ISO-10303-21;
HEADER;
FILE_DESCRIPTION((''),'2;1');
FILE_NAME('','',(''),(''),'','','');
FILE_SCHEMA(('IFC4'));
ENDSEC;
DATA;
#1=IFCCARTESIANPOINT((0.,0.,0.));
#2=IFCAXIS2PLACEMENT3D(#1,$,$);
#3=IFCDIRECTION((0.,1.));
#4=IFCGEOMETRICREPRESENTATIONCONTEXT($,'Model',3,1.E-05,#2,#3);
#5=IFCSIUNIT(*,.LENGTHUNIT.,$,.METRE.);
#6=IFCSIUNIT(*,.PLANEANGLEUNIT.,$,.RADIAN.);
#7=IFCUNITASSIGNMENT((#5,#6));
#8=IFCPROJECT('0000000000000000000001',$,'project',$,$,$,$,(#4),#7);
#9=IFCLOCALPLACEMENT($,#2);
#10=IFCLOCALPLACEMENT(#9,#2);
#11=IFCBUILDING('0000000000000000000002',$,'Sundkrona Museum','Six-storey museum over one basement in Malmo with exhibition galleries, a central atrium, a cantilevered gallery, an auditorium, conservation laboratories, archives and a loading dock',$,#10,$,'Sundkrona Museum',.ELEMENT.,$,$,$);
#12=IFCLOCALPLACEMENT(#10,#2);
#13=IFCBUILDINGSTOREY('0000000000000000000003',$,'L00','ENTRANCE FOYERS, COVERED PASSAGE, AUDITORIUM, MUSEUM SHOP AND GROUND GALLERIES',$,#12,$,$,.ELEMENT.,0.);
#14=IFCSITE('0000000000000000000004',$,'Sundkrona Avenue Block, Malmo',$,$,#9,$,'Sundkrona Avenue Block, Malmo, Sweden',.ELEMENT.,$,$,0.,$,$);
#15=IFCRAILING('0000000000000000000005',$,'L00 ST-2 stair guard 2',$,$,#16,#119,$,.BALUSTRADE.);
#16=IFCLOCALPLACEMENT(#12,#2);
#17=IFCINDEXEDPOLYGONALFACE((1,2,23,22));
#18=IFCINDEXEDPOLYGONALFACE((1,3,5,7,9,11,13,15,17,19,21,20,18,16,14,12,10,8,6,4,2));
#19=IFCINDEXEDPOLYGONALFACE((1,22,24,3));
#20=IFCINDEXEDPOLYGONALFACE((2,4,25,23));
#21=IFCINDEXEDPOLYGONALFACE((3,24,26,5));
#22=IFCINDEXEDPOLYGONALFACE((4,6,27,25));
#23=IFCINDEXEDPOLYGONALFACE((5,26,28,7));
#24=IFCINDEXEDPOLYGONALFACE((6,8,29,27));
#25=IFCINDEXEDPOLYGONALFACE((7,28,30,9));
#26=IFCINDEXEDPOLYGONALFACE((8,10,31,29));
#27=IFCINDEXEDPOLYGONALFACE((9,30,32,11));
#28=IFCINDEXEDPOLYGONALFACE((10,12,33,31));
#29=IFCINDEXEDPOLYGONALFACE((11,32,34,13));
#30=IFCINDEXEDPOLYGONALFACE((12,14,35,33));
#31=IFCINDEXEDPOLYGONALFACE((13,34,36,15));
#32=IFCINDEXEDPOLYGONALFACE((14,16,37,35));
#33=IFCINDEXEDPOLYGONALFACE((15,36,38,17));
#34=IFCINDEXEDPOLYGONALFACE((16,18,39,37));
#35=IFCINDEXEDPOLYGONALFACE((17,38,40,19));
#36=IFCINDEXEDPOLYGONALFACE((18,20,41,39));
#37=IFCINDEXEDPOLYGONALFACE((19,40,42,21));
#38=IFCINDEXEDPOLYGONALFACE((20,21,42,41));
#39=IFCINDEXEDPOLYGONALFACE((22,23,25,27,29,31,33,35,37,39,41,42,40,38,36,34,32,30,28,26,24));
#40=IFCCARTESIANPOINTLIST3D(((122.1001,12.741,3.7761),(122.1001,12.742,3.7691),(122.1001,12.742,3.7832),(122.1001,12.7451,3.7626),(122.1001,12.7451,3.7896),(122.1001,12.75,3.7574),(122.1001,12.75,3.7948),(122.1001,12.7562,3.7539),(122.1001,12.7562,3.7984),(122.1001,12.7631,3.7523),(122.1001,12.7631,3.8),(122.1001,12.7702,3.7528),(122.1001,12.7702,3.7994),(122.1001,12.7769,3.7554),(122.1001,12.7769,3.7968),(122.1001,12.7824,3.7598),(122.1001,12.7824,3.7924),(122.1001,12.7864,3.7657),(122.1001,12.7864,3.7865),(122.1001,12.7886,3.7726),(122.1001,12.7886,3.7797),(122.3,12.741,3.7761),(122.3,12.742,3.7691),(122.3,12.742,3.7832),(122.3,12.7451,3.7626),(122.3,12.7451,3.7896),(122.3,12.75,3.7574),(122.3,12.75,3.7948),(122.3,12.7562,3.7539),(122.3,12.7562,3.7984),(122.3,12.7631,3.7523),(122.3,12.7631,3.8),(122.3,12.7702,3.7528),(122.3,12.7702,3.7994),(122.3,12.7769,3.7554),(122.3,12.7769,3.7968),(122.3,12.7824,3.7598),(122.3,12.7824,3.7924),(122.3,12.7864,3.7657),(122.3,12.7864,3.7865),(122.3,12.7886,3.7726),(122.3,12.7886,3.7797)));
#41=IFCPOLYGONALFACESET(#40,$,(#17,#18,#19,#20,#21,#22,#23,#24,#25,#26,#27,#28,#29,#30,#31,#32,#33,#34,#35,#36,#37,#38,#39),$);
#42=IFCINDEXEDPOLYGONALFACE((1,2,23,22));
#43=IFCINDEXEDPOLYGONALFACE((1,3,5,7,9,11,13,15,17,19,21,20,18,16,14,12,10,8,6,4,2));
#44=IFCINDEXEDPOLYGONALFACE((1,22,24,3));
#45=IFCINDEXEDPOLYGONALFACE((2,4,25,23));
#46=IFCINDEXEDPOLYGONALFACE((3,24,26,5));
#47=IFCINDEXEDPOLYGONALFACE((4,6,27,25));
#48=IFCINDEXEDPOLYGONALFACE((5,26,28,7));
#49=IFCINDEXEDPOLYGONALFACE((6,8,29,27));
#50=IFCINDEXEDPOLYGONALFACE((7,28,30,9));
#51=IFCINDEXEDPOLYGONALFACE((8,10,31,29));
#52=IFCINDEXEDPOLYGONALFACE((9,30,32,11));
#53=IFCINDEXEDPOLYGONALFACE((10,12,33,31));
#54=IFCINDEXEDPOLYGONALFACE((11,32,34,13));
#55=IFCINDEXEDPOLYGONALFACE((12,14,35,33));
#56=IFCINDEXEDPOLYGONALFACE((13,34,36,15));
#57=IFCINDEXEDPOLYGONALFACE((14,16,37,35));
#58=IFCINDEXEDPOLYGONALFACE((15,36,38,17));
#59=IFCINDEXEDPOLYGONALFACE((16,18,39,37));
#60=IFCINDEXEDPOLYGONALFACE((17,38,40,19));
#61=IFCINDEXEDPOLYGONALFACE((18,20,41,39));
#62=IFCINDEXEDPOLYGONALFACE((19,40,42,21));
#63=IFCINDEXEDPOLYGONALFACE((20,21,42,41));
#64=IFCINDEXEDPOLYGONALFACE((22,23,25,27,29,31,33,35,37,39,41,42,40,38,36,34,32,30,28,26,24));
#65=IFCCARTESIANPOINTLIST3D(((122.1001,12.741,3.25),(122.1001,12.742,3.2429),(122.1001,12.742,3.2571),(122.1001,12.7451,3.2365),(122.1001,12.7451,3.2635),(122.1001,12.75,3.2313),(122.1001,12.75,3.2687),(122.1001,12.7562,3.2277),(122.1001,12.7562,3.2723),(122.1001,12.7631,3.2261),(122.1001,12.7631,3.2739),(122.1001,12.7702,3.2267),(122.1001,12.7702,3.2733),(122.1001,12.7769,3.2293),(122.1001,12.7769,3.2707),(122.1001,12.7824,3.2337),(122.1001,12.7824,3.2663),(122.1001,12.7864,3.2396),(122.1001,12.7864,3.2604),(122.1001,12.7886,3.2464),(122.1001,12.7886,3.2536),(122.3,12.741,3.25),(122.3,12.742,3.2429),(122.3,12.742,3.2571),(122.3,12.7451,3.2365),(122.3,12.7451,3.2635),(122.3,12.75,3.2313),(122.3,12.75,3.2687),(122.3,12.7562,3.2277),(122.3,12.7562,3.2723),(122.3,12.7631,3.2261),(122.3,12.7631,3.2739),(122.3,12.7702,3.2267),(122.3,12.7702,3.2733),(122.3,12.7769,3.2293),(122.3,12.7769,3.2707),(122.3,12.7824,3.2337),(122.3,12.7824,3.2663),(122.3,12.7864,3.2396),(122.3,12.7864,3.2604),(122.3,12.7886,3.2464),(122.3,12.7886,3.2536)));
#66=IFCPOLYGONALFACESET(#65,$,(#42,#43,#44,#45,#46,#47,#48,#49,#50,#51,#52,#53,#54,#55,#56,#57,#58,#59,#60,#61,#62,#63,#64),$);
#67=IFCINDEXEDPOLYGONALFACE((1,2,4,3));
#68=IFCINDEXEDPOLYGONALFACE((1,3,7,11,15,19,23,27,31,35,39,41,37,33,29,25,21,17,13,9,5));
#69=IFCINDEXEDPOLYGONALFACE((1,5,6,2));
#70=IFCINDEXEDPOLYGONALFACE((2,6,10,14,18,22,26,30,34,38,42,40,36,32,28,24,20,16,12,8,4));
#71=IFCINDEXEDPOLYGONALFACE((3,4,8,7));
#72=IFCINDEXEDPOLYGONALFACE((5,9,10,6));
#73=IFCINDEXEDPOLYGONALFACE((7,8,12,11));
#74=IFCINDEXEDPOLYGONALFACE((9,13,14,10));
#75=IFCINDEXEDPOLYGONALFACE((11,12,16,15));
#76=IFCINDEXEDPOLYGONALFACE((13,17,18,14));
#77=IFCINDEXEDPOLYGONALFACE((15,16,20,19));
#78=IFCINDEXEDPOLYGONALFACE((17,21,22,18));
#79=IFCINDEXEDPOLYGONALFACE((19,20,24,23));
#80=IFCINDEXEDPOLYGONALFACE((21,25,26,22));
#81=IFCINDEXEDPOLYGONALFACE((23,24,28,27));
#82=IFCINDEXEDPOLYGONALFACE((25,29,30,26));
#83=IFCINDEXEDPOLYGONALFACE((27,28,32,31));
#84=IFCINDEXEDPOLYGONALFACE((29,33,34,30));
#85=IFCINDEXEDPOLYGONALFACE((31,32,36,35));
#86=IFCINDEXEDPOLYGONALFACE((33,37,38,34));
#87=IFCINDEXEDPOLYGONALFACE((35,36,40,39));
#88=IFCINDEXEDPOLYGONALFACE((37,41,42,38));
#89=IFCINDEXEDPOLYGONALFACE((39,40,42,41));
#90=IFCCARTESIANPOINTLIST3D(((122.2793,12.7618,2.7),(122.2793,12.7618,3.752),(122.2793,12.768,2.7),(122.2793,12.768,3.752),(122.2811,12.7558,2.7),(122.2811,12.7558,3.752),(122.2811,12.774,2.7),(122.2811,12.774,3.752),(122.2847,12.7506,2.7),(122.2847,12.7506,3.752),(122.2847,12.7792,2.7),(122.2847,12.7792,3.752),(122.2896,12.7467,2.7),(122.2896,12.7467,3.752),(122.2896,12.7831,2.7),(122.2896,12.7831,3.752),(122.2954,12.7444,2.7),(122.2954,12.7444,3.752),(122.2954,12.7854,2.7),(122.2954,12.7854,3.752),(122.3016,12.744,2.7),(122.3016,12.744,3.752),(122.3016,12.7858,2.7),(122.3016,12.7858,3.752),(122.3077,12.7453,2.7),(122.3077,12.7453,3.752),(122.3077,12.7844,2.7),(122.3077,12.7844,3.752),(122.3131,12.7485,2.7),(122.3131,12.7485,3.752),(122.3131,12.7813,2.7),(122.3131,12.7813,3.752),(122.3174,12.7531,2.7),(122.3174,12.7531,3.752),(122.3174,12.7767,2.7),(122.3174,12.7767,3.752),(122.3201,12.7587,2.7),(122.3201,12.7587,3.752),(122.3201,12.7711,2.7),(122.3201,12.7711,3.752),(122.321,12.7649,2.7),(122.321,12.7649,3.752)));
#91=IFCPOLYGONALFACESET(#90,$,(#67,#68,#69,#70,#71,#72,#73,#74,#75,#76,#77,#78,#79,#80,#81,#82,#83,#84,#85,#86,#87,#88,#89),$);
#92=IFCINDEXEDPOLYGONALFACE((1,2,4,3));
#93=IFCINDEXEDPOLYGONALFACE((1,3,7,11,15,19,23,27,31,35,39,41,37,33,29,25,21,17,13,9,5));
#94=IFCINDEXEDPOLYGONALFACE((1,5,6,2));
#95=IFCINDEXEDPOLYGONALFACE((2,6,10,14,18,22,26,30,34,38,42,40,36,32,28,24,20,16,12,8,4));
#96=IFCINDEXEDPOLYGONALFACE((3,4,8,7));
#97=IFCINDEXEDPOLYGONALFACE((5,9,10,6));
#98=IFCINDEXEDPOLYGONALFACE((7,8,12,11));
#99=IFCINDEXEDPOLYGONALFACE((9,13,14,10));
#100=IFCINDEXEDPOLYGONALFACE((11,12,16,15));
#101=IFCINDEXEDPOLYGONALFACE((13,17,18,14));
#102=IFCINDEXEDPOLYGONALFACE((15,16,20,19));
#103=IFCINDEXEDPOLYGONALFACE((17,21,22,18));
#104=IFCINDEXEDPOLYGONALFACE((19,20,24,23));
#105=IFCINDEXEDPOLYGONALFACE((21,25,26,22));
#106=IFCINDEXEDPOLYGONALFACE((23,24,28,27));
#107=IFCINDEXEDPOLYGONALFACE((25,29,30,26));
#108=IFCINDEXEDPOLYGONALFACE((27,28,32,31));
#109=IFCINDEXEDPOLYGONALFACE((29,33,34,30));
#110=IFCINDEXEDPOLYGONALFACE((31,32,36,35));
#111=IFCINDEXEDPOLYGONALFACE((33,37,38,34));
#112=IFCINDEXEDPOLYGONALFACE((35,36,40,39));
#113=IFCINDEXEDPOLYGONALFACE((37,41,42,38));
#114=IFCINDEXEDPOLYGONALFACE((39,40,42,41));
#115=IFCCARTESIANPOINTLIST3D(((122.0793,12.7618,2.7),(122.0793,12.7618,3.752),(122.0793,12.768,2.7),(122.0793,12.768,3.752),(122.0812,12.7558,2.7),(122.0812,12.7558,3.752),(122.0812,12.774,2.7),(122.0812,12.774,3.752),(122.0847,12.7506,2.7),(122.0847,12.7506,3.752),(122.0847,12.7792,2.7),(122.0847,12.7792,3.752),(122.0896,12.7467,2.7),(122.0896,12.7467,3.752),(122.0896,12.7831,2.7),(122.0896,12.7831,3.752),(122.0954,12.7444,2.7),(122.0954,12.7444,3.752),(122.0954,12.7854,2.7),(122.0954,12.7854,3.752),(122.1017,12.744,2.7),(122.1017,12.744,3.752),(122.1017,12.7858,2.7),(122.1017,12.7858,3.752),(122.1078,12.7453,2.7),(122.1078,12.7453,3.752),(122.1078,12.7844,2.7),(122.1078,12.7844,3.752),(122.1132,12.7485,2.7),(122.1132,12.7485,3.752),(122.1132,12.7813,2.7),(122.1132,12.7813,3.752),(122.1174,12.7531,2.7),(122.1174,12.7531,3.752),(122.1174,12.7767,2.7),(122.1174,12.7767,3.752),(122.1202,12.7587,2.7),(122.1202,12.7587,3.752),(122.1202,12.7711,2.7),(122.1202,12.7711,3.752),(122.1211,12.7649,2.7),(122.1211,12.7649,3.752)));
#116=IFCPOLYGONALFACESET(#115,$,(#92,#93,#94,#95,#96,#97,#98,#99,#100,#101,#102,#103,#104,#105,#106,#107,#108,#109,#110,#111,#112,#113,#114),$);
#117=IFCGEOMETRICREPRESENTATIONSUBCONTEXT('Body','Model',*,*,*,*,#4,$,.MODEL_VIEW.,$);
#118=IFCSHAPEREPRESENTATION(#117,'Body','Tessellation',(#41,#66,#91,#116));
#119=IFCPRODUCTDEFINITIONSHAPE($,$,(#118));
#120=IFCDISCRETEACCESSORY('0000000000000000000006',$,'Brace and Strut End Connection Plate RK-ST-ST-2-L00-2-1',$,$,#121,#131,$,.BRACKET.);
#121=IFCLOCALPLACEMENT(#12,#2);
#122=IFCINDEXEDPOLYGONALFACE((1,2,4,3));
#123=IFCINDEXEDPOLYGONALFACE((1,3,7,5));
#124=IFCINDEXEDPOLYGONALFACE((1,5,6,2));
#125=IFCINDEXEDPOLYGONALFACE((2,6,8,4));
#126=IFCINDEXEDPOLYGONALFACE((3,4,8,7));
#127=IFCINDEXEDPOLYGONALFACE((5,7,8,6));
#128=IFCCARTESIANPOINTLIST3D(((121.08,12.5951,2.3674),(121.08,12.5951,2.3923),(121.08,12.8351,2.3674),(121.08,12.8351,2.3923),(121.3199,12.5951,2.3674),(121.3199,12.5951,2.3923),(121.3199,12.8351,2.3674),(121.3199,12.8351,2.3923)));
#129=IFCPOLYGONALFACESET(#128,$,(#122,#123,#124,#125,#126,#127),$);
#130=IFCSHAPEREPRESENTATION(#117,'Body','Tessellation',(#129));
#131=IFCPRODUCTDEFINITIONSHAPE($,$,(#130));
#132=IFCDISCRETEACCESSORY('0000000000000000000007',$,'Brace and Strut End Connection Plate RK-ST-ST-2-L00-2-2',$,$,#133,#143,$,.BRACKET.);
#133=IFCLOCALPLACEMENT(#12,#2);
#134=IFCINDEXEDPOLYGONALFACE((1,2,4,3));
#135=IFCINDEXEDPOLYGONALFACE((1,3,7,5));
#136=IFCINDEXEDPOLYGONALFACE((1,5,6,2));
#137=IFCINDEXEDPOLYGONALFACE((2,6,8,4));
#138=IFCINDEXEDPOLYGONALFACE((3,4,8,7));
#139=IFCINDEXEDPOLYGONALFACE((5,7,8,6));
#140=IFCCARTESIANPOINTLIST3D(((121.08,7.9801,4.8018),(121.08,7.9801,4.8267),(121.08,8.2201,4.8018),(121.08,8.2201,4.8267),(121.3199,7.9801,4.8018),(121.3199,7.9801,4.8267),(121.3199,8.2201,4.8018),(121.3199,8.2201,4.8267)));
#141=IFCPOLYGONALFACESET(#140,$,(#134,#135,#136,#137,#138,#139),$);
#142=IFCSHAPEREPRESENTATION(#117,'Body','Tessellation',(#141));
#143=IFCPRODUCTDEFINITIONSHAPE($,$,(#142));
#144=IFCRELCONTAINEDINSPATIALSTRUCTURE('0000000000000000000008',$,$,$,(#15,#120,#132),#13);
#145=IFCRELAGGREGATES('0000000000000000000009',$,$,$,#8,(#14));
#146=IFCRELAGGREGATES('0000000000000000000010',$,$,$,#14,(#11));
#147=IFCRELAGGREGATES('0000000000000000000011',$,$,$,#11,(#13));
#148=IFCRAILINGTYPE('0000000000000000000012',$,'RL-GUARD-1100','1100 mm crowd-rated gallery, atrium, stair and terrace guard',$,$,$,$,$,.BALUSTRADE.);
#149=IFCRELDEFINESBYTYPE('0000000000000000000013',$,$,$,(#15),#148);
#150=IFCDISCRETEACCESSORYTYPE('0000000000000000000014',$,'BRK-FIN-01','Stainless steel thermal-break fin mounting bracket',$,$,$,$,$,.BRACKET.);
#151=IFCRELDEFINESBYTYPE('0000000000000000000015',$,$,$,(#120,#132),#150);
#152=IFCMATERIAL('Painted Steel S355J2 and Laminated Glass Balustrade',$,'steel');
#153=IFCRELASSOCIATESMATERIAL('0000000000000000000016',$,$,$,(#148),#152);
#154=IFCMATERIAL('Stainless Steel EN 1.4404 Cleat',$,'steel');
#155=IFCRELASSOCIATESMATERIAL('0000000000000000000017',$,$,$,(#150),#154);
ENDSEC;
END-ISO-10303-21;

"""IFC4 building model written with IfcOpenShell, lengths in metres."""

from ifc_helpers import new_model, si_unit, direction, frame, origin, origin_2d, place, context, subcontext, project, spatial, rectangle, circle, extrude, material, type_object, element, save


model = new_model("IFC4")

# Units and contexts
model_context = context("Model", 3, precision=1e-05, world=origin(), true_north=direction((0.0, 1.0)))
body_context = subcontext(model_context, "Body", "Model", "MODEL_VIEW")
ifc_project = project(units=[si_unit("LENGTHUNIT", "METRE"), si_unit("PLANEANGLEUNIT", "RADIAN")], contexts=[model_context])

# Site, building, storey
site_placement = place(None, origin())
site = spatial("IfcSite", under=ifc_project, at=site_placement, Name="Sundkrona Avenue Block, Malmo", LongName="Sundkrona Avenue Block, Malmo, Sweden", CompositionType="ELEMENT", RefElevation=0.0)
building_placement = place(site_placement, origin())
building = spatial("IfcBuilding", under=site, at=building_placement, Name="Sundkrona Museum", Description="Six-storey museum over one basement in Malmo with exhibition galleries, a central atrium, a cantilevered gallery, an auditorium, conservation laboratories, archives and a loading dock", LongName="Sundkrona Museum", CompositionType="ELEMENT")
storey_placement = place(building_placement, origin())
storey = spatial("IfcBuildingStorey", under=building, at=storey_placement, Name="L00", Description="ENTRANCE FOYERS, COVERED PASSAGE, AUDITORIUM, MUSEUM SHOP AND GROUND GALLERIES", CompositionType="ELEMENT", Elevation=0.0)

# Railing
ifc_material_1 = material(Name="Painted Steel S355J2 and Laminated Glass Balustrade", Category="steel")
railing_type_1 = type_object("IfcRailingType", Name="RL-GUARD-1100", Description="1100 mm crowd-rated gallery, atrium, stair and terrace guard", PredefinedType="BALUSTRADE", material=ifc_material_1)
railing_1_placement = place(storey_placement, frame((122.3, 12.7649, 2.7)))
element("IfcRailing", 1, at=railing_1_placement, inside=storey, type_object=railing_type_1, Name="L00 ST-2 stair guard 2", PredefinedType="BALUSTRADE", context=body_context, shape_type="SweptSolid", body=[
    extrude(circle(Radius=0.0239, at=origin_2d()), frame((0.0, 0.0, 1.0762), z_axis=(-1.0, 0.0, 0.0), x_axis=(0.0, -1.0, 0.0)), (0.0, 0.0, 1.0), 0.2),
    extrude(circle(Radius=0.0239, at=origin_2d()), frame((0.0, 0.0, 0.55), z_axis=(-1.0, 0.0, 0.0), x_axis=(0.0, -1.0, 0.0)), (0.0, 0.0, 1.0), 0.2),
    extrude(circle(Radius=0.021, at=origin_2d()), origin(), (0.0, 0.0, 1.0), 1.052),
    extrude(circle(Radius=0.021, at=origin_2d()), frame((-0.2, 0.0, 0.0)), (0.0, 0.0, 1.0), 1.052),
])

# Discrete accessories
ifc_material_2 = material(Name="Stainless Steel EN 1.4404 Cleat", Category="steel")
discrete_accessory_type = type_object("IfcDiscreteAccessoryType", Name="BRK-FIN-01", Description="Stainless steel thermal-break fin mounting bracket", PredefinedType="BRACKET", material=ifc_material_2)
for number, where, z_axis, x_axis, name in (
    (2, (121.2, 12.7151, 2.3674), (0.0, 0.0, 1.0), (1.0, 0.0, 0.0), "Brace and Strut End Connection Plate RK-ST-ST-2-L00-2-1"),
    (3, (121.2, 8.1001, 4.8018), (0.0, 0.0, 1.0), (1.0, 0.0, 0.0), "Brace and Strut End Connection Plate RK-ST-ST-2-L00-2-2"),
):
    element("IfcDiscreteAccessory", number, at=place(storey_placement, frame(where, z_axis=z_axis, x_axis=x_axis)), inside=storey, type_object=discrete_accessory_type, Name=name, PredefinedType="BRACKET", context=body_context, shape_type="SweptSolid", body=[
        extrude(rectangle(XDim=0.24, YDim=0.24, at=origin_2d()), origin(), (0.0, 0.0, 1.0), 0.0249),
    ])

save(model, "model.ifc")
